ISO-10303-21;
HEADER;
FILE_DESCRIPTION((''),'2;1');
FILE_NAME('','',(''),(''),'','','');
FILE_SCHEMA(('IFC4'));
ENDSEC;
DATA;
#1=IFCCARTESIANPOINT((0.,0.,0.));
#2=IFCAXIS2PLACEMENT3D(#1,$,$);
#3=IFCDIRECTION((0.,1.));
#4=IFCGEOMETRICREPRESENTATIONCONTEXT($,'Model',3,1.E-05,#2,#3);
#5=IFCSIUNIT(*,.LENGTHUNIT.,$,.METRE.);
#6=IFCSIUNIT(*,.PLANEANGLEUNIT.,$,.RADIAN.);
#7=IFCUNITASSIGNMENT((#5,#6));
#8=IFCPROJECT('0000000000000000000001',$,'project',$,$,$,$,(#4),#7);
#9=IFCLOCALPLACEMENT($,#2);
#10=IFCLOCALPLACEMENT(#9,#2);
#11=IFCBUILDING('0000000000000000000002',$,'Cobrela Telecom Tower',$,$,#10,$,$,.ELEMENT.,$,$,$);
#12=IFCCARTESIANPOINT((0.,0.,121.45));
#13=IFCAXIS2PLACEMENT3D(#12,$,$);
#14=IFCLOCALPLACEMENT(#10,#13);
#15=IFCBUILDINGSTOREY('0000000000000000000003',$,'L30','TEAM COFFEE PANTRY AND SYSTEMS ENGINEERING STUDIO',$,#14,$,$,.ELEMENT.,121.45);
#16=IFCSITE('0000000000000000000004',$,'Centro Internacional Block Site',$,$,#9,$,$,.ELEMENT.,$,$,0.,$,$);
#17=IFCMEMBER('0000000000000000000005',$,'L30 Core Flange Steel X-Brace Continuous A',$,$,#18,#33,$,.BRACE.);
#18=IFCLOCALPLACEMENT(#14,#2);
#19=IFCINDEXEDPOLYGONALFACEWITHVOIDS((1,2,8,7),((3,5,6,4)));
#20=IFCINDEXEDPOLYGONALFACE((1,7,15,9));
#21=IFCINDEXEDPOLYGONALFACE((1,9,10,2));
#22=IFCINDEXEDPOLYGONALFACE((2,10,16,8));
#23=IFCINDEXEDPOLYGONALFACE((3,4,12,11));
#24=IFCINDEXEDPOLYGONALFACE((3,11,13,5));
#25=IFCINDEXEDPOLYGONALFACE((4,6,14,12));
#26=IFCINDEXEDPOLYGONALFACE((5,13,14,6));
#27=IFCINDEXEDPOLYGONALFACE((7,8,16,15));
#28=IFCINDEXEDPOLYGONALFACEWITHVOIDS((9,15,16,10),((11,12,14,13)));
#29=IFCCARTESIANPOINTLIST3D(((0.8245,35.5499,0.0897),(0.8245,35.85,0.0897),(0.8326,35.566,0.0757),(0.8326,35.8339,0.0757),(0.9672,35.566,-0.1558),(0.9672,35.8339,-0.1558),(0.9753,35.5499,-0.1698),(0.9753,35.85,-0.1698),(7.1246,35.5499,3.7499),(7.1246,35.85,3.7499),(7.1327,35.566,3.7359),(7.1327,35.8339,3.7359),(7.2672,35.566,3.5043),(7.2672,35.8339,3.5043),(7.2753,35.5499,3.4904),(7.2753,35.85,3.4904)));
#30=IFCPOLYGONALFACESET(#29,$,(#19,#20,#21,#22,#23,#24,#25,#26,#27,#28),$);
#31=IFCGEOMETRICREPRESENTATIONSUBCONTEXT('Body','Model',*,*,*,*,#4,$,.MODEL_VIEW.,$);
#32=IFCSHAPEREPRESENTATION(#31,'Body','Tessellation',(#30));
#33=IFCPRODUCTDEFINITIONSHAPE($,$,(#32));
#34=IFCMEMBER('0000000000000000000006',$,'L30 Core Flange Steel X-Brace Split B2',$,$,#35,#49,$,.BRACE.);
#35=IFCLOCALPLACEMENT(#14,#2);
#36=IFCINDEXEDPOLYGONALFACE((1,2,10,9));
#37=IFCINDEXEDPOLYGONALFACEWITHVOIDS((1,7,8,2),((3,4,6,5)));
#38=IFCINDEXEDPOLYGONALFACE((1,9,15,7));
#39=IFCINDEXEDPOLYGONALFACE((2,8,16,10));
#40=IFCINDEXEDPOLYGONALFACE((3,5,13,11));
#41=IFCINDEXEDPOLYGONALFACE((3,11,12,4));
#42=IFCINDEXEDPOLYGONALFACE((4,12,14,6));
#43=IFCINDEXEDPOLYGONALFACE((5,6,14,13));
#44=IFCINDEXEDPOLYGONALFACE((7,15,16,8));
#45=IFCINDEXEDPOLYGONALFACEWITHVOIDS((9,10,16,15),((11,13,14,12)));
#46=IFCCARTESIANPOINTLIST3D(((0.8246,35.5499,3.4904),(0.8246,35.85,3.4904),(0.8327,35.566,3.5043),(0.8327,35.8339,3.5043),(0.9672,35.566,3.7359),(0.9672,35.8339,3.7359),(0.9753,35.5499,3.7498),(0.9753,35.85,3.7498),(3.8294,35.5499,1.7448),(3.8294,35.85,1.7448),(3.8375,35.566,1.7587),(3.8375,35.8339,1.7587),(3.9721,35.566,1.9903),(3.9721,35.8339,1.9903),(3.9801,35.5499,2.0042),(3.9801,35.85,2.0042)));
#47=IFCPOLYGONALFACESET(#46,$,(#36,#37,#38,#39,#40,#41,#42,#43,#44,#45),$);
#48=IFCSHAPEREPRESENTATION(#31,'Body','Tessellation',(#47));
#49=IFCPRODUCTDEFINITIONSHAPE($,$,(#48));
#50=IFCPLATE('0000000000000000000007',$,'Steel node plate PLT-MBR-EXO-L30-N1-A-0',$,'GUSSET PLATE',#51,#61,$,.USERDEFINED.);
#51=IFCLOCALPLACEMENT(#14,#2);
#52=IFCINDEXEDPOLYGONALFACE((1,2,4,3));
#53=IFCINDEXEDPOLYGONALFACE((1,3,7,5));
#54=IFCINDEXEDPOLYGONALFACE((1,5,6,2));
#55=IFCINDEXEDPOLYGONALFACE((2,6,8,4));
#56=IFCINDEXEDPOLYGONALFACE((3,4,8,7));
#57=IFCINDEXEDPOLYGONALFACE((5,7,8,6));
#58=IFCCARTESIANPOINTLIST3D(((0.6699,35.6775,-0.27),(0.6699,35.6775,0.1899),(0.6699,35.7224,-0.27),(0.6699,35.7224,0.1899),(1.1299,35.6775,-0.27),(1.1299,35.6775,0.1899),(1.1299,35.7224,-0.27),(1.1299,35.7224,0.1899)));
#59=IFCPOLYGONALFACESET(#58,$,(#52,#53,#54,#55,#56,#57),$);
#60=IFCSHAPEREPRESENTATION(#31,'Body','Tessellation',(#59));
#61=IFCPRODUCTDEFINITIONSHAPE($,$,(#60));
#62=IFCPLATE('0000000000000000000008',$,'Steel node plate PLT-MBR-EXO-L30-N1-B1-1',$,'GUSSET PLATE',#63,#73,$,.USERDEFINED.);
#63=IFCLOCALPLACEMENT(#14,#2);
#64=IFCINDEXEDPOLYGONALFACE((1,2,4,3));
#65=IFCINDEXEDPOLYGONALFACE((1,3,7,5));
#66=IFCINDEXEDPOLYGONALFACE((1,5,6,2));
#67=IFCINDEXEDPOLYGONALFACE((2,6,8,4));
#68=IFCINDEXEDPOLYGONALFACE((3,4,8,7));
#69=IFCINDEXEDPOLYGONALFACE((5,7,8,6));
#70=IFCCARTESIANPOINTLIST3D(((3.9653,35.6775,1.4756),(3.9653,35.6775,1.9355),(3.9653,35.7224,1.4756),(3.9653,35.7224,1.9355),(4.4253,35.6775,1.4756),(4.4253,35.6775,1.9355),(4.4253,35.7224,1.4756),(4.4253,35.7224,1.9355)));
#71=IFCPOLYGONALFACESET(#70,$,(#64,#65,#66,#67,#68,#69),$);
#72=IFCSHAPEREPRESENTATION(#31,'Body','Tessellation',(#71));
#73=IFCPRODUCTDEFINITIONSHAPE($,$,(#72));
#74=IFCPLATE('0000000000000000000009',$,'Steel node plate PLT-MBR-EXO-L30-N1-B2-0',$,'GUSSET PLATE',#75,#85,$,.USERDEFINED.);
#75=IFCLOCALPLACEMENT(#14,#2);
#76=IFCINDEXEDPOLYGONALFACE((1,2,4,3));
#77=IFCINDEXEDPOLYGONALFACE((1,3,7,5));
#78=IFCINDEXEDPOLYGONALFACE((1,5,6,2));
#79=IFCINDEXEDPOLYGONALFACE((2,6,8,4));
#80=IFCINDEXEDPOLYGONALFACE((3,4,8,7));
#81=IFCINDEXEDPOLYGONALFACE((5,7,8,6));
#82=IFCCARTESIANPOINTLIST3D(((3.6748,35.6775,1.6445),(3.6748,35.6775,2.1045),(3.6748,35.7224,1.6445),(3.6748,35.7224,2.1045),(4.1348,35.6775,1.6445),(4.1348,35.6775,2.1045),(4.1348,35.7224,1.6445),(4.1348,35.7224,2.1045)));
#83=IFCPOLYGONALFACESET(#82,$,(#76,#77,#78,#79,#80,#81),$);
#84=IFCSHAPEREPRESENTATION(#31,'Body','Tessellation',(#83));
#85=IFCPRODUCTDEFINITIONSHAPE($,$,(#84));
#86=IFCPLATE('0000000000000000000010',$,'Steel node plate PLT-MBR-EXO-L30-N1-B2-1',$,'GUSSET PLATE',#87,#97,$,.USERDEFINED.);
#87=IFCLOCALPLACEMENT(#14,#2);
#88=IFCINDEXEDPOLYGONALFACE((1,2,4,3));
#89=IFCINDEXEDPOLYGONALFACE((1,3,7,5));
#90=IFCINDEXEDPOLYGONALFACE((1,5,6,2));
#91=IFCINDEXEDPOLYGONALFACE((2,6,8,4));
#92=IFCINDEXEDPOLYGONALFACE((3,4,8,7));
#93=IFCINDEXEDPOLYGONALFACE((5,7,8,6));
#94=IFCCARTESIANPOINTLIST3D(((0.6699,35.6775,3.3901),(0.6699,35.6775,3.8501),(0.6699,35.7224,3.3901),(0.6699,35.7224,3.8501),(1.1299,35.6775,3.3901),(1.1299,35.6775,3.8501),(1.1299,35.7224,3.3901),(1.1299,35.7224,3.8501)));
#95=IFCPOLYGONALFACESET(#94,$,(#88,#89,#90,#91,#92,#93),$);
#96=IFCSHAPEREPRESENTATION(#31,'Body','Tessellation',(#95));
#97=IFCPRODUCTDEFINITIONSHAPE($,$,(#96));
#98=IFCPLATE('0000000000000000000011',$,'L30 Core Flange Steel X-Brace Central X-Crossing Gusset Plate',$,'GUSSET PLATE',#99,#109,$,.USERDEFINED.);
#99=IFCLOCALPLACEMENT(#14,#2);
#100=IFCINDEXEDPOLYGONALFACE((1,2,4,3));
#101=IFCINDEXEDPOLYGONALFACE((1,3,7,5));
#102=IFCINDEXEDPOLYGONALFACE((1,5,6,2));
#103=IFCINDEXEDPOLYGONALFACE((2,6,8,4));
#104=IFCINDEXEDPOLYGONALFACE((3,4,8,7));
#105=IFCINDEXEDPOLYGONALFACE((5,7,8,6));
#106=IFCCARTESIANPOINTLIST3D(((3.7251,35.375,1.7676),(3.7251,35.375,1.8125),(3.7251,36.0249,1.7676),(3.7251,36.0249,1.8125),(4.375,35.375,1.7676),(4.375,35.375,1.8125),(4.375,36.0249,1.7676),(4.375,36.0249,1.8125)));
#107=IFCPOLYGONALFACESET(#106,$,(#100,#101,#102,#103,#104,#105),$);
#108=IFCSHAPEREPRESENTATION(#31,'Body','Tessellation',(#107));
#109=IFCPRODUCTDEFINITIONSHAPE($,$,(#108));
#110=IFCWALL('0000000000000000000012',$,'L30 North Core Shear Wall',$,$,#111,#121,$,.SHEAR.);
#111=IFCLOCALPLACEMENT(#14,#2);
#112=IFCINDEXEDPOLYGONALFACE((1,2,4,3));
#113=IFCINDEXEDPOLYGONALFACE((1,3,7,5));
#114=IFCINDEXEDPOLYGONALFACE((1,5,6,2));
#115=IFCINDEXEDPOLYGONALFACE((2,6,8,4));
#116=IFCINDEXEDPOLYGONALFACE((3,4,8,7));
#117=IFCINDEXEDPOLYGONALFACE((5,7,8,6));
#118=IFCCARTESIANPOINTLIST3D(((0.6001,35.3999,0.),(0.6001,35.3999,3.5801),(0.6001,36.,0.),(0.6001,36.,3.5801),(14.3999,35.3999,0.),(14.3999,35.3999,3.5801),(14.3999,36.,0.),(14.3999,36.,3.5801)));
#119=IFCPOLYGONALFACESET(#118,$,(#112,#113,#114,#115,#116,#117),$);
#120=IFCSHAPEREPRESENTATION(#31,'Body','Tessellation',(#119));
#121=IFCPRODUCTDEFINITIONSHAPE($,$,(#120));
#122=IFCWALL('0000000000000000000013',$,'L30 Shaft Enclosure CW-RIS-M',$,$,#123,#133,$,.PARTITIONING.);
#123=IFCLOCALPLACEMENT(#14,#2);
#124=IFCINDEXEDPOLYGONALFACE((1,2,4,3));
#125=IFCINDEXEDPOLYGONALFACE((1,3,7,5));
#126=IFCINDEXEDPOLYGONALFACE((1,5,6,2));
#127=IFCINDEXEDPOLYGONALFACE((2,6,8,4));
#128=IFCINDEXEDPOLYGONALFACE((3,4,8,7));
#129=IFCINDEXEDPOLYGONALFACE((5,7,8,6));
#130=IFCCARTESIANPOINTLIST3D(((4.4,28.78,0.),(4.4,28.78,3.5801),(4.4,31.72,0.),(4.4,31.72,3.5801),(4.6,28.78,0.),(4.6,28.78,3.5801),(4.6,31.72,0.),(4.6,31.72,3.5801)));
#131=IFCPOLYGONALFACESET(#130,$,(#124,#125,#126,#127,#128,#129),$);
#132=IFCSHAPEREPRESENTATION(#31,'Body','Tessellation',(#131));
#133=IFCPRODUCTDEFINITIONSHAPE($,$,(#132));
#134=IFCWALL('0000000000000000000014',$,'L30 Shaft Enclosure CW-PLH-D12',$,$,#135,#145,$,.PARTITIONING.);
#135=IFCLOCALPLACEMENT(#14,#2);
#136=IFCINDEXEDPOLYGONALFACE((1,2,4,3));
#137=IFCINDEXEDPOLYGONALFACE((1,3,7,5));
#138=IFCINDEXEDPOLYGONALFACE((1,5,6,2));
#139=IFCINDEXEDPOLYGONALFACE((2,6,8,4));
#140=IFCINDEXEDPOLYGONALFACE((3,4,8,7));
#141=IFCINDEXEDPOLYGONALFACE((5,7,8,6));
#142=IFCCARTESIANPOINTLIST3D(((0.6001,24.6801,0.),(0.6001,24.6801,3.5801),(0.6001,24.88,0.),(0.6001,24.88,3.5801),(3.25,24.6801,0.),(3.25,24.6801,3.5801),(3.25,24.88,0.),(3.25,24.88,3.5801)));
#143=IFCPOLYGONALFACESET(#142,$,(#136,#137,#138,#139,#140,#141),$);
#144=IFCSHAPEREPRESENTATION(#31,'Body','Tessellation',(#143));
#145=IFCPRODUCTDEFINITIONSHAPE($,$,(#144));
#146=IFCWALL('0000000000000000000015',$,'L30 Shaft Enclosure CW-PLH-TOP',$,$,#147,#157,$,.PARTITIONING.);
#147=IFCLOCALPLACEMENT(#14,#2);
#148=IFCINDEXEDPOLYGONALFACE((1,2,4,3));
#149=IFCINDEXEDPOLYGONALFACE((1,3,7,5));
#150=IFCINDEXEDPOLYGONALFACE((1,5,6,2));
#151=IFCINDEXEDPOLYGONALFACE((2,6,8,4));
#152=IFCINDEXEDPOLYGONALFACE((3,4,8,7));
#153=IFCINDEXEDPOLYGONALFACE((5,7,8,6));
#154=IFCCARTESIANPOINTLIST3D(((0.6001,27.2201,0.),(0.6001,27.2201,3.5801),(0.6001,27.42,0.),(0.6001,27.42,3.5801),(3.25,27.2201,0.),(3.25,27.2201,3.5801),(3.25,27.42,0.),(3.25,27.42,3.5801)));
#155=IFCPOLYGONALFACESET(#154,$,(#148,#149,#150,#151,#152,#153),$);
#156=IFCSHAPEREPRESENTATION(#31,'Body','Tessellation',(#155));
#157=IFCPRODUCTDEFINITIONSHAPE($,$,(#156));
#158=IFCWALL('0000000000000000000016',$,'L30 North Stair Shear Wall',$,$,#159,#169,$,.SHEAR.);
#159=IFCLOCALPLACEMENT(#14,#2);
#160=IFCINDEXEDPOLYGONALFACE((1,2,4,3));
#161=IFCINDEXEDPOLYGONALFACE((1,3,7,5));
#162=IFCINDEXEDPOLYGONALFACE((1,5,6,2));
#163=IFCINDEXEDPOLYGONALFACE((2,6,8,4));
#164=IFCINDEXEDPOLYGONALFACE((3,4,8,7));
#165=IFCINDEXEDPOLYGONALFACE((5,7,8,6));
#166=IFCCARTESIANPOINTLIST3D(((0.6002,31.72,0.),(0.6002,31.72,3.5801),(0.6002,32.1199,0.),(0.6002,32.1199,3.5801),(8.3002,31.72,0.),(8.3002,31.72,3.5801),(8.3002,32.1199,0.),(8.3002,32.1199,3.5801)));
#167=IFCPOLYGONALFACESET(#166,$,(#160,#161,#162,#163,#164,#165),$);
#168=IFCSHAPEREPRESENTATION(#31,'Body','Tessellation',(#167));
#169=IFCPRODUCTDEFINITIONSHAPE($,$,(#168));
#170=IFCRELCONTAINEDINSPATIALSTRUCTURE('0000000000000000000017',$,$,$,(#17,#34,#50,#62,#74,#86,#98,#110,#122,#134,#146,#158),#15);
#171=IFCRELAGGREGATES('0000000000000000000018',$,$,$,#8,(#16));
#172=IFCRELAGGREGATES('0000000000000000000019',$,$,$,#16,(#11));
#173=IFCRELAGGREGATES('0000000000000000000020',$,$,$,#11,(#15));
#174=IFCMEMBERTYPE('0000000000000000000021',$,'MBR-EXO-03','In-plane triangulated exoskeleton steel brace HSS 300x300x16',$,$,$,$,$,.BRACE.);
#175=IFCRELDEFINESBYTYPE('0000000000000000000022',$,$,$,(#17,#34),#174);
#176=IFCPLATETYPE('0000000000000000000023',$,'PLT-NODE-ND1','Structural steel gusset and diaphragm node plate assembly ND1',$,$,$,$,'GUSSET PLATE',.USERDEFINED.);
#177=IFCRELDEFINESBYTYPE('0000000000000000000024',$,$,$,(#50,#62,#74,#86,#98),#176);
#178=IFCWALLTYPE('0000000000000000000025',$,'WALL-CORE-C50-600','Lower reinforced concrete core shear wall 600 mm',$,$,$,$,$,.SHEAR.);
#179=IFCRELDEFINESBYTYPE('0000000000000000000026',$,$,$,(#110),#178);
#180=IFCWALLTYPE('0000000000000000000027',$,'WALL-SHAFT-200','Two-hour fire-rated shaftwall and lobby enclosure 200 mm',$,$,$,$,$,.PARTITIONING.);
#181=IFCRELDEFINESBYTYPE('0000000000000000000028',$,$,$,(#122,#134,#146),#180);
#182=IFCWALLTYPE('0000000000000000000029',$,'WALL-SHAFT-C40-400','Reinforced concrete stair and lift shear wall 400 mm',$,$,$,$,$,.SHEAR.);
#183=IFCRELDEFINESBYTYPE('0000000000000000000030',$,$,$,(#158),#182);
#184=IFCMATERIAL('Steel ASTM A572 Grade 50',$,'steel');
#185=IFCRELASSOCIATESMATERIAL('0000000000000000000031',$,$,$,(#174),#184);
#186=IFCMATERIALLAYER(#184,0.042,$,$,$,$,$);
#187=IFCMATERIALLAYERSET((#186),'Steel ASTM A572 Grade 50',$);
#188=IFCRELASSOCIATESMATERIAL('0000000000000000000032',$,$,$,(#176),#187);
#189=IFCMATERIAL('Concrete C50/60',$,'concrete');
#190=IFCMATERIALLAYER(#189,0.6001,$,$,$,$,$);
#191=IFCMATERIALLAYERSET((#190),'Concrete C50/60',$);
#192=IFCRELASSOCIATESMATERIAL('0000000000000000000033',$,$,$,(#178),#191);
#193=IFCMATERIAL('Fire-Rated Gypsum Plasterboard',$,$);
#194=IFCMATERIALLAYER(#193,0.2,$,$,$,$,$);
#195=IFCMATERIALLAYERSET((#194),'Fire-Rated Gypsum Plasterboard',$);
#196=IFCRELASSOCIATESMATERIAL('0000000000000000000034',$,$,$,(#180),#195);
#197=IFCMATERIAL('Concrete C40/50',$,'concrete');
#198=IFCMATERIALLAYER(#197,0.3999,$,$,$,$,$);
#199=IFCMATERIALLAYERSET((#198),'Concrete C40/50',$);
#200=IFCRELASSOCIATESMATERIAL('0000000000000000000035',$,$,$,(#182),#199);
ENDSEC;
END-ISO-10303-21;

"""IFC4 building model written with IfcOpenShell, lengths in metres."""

from ifc_helpers import new_model, si_unit, direction, frame, frame_2d, origin, origin_2d, place, context, subcontext, project, spatial, rectangle, hollow_rectangle, extrude, material, layer, layer_set, material_profile, profile_set, type_object, element, save


model = new_model("IFC4")

# Units and contexts
model_context = context("Model", 3, precision=1e-05, world=origin(), true_north=direction((0.0, 1.0)))
body_context = subcontext(model_context, "Body", "Model", "MODEL_VIEW")
ifc_project = project(units=[si_unit("LENGTHUNIT", "METRE"), si_unit("PLANEANGLEUNIT", "RADIAN")], contexts=[model_context])

# Site, building, storey
site_placement = place(None, origin())
site = spatial("IfcSite", under=ifc_project, at=site_placement, Name="Centro Internacional Block Site", CompositionType="ELEMENT", RefElevation=0.0)
building_placement = place(site_placement, origin())
building = spatial("IfcBuilding", under=site, at=building_placement, Name="Cobrela Telecom Tower", CompositionType="ELEMENT")
storey_placement = place(building_placement, frame((0.0, 0.0, 121.45)))
storey = spatial("IfcBuildingStorey", under=building, at=storey_placement, Name="L30", Description="TEAM COFFEE PANTRY AND SYSTEMS ENGINEERING STUDIO", CompositionType="ELEMENT", Elevation=121.45)

# Members
ifc_material_1 = material(Name="Steel ASTM A572 Grade 50", Category="steel")
ifc_material_profile = material_profile(ifc_material_1, hollow_rectangle(XDim=0.3, YDim=0.3, WallThickness=0.0161, at=origin_2d()), Name="HSS 300x300x16")
ifc_profile_set = profile_set([ifc_material_profile], Name="Steel ASTM A572 Grade 50")
member_type = type_object("IfcMemberType", Name="MBR-EXO-03", Description="In-plane triangulated exoskeleton steel brace HSS 300x300x16", PredefinedType="BRACE", material=ifc_profile_set)
member_1_placement = place(storey_placement, frame((0.8999, 35.7, -0.04), z_axis=(0.864666, 0.0, 0.502347), x_axis=(0.0, 1.0, 0.0)))
element("IfcMember", 1, at=member_1_placement, inside=storey, type_object=member_type, Name="L30 Core Flange Steel X-Brace Continuous A", PredefinedType="BRACE", context=body_context, shape_type="SweptSolid", body=[
    extrude(hollow_rectangle(XDim=0.3, YDim=0.3, WallThickness=0.0161, at=origin_2d()), origin(), (0.0, 0.0, 1.0), 7.2861),
])
member_2_placement = place(storey_placement, frame((3.9048, 35.7, 1.8745), z_axis=(-0.864685, 0.0, 0.502315), x_axis=(0.0, -1.0, 0.0)))
element("IfcMember", 2, at=member_2_placement, inside=storey, type_object=member_type, Name="L30 Core Flange Steel X-Brace Split B2", PredefinedType="BRACE", context=body_context, shape_type="SweptSolid", body=[
    extrude(hollow_rectangle(XDim=0.3, YDim=0.3, WallThickness=0.0161, at=origin_2d()), origin(), (0.0, 0.0, 1.0), 3.4751),
])

# Plates
ifc_layer_1 = layer(ifc_material_1, 0.042)
ifc_layer_set_1 = layer_set([ifc_layer_1], Name="Steel ASTM A572 Grade 50")
plate_type = type_object("IfcPlateType", Name="PLT-NODE-ND1", Description="Structural steel gusset and diaphragm node plate assembly ND1", ElementType="GUSSET PLATE", PredefinedType="USERDEFINED", material=ifc_layer_set_1)
for number, where, z_axis, x_axis, name in (
    (3, (0.8999, 35.7, -0.27), (0.0, 0.0, 1.0), (1.0, 0.0, 0.0), "Steel node plate PLT-MBR-EXO-L30-N1-A-0"),
    (4, (4.1953, 35.7, 1.4756), (0.0, 0.0, 1.0), (-1.0, 0.0, 0.0), "Steel node plate PLT-MBR-EXO-L30-N1-B1-1"),
    (5, (3.9048, 35.7, 1.6445), (0.0, 0.0, 1.0), (-1.0, 0.0, 0.0), "Steel node plate PLT-MBR-EXO-L30-N1-B2-0"),
    (6, (0.8999, 35.7, 3.3901), (0.0, 0.0, 1.0), (-1.0, 0.0, 0.0), "Steel node plate PLT-MBR-EXO-L30-N1-B2-1"),
):
    element("IfcPlate", number, at=place(storey_placement, frame(where, z_axis=z_axis, x_axis=x_axis)), inside=storey, type_object=plate_type, Name=name, ObjectType="GUSSET PLATE", PredefinedType="USERDEFINED", context=body_context, shape_type="SweptSolid", body=[
        extrude(rectangle(XDim=0.46, YDim=0.0449, at=origin_2d()), origin(), (0.0, 0.0, 1.0), 0.46),
    ])
plate_placement = place(storey_placement, frame((4.05, 35.7, 1.7676), z_axis=(0.0, 0.0, 1.0), x_axis=(1.0, 0.0, 0.0)))
element("IfcPlate", 7, at=plate_placement, inside=storey, type_object=plate_type, Name="L30 Core Flange Steel X-Brace Central X-Crossing Gusset Plate", ObjectType="GUSSET PLATE", PredefinedType="USERDEFINED", context=body_context, shape_type="SweptSolid", body=[
    extrude(rectangle(XDim=0.6499, YDim=0.6499, at=origin_2d()), origin(), (0.0, 0.0, 1.0), 0.0449),
])

# Wall
ifc_material_2 = material(Name="Concrete C50/60", Category="concrete")
ifc_layer_2 = layer(ifc_material_2, 0.6001)
ifc_layer_set_2 = layer_set([ifc_layer_2], Name="Concrete C50/60")
wall_type_1 = type_object("IfcWallType", Name="WALL-CORE-C50-600", Description="Lower reinforced concrete core shear wall 600 mm", PredefinedType="SHEAR", material=ifc_layer_set_2)
wall_1_placement = place(storey_placement, frame((0.6001, 35.7, 0.0), z_axis=(0.0, 0.0, 1.0), x_axis=(1.0, 0.0, 0.0)))
element("IfcWall", 8, at=wall_1_placement, inside=storey, type_object=wall_type_1, Name="L30 North Core Shear Wall", PredefinedType="SHEAR", context=body_context, shape_type="SweptSolid", body=[
    extrude(rectangle(XDim=13.7998, YDim=0.6001, at=frame_2d((6.8999, 0.0))), origin(), (0.0, 0.0, 1.0), 3.5801),
])

# Shared definitions
ifc_material_3 = material(Name="Fire-Rated Gypsum Plasterboard")
ifc_layer_3 = layer(ifc_material_3, 0.2)
ifc_layer_set_3 = layer_set([ifc_layer_3], Name="Fire-Rated Gypsum Plasterboard")
wall_type_2 = type_object("IfcWallType", Name="WALL-SHAFT-200", Description="Two-hour fire-rated shaftwall and lobby enclosure 200 mm", PredefinedType="PARTITIONING", material=ifc_layer_set_3)

# Walls
wall_2_placement = place(storey_placement, frame((4.5, 28.78, 0.0), z_axis=(0.0, 0.0, 1.0), x_axis=(0.0, 1.0, 0.0)))
element("IfcWall", 9, at=wall_2_placement, inside=storey, type_object=wall_type_2, Name="L30 Shaft Enclosure CW-RIS-M", PredefinedType="PARTITIONING", context=body_context, shape_type="SweptSolid", body=[
    extrude(rectangle(XDim=2.9399, YDim=0.2, at=frame_2d((1.47, 0.0))), origin(), (0.0, 0.0, 1.0), 3.5801),
])
for number, where, z_axis, x_axis, name in (
    (10, (0.6001, 24.78, 0.0), (0.0, 0.0, 1.0), (1.0, 0.0, 0.0), "L30 Shaft Enclosure CW-PLH-D12"),
    (11, (0.6001, 27.3201, 0.0), (0.0, 0.0, 1.0), (1.0, 0.0, 0.0), "L30 Shaft Enclosure CW-PLH-TOP"),
):
    element("IfcWall", number, at=place(storey_placement, frame(where, z_axis=z_axis, x_axis=x_axis)), inside=storey, type_object=wall_type_2, Name=name, PredefinedType="PARTITIONING", context=body_context, shape_type="SweptSolid", body=[
        extrude(rectangle(XDim=2.6499, YDim=0.2, at=frame_2d((1.325, 0.0))), origin(), (0.0, 0.0, 1.0), 3.5801),
    ])
ifc_material_4 = material(Name="Concrete C40/50", Category="concrete")
ifc_layer_4 = layer(ifc_material_4, 0.3999)
ifc_layer_set_4 = layer_set([ifc_layer_4], Name="Concrete C40/50")
wall_type_3 = type_object("IfcWallType", Name="WALL-SHAFT-C40-400", Description="Reinforced concrete stair and lift shear wall 400 mm", PredefinedType="SHEAR", material=ifc_layer_set_4)
wall_3_placement = place(storey_placement, frame((0.6001, 31.9199, 0.0), z_axis=(0.0, 0.0, 1.0), x_axis=(1.0, 0.0, 0.0)))
element("IfcWall", 12, at=wall_3_placement, inside=storey, type_object=wall_type_3, Name="L30 North Stair Shear Wall", PredefinedType="SHEAR", context=body_context, shape_type="SweptSolid", body=[
    extrude(rectangle(XDim=7.7, YDim=0.3999, at=frame_2d((3.8501, 0.0))), origin(), (0.0, 0.0, 1.0), 3.5801),
])

save(model, "model.ifc")
